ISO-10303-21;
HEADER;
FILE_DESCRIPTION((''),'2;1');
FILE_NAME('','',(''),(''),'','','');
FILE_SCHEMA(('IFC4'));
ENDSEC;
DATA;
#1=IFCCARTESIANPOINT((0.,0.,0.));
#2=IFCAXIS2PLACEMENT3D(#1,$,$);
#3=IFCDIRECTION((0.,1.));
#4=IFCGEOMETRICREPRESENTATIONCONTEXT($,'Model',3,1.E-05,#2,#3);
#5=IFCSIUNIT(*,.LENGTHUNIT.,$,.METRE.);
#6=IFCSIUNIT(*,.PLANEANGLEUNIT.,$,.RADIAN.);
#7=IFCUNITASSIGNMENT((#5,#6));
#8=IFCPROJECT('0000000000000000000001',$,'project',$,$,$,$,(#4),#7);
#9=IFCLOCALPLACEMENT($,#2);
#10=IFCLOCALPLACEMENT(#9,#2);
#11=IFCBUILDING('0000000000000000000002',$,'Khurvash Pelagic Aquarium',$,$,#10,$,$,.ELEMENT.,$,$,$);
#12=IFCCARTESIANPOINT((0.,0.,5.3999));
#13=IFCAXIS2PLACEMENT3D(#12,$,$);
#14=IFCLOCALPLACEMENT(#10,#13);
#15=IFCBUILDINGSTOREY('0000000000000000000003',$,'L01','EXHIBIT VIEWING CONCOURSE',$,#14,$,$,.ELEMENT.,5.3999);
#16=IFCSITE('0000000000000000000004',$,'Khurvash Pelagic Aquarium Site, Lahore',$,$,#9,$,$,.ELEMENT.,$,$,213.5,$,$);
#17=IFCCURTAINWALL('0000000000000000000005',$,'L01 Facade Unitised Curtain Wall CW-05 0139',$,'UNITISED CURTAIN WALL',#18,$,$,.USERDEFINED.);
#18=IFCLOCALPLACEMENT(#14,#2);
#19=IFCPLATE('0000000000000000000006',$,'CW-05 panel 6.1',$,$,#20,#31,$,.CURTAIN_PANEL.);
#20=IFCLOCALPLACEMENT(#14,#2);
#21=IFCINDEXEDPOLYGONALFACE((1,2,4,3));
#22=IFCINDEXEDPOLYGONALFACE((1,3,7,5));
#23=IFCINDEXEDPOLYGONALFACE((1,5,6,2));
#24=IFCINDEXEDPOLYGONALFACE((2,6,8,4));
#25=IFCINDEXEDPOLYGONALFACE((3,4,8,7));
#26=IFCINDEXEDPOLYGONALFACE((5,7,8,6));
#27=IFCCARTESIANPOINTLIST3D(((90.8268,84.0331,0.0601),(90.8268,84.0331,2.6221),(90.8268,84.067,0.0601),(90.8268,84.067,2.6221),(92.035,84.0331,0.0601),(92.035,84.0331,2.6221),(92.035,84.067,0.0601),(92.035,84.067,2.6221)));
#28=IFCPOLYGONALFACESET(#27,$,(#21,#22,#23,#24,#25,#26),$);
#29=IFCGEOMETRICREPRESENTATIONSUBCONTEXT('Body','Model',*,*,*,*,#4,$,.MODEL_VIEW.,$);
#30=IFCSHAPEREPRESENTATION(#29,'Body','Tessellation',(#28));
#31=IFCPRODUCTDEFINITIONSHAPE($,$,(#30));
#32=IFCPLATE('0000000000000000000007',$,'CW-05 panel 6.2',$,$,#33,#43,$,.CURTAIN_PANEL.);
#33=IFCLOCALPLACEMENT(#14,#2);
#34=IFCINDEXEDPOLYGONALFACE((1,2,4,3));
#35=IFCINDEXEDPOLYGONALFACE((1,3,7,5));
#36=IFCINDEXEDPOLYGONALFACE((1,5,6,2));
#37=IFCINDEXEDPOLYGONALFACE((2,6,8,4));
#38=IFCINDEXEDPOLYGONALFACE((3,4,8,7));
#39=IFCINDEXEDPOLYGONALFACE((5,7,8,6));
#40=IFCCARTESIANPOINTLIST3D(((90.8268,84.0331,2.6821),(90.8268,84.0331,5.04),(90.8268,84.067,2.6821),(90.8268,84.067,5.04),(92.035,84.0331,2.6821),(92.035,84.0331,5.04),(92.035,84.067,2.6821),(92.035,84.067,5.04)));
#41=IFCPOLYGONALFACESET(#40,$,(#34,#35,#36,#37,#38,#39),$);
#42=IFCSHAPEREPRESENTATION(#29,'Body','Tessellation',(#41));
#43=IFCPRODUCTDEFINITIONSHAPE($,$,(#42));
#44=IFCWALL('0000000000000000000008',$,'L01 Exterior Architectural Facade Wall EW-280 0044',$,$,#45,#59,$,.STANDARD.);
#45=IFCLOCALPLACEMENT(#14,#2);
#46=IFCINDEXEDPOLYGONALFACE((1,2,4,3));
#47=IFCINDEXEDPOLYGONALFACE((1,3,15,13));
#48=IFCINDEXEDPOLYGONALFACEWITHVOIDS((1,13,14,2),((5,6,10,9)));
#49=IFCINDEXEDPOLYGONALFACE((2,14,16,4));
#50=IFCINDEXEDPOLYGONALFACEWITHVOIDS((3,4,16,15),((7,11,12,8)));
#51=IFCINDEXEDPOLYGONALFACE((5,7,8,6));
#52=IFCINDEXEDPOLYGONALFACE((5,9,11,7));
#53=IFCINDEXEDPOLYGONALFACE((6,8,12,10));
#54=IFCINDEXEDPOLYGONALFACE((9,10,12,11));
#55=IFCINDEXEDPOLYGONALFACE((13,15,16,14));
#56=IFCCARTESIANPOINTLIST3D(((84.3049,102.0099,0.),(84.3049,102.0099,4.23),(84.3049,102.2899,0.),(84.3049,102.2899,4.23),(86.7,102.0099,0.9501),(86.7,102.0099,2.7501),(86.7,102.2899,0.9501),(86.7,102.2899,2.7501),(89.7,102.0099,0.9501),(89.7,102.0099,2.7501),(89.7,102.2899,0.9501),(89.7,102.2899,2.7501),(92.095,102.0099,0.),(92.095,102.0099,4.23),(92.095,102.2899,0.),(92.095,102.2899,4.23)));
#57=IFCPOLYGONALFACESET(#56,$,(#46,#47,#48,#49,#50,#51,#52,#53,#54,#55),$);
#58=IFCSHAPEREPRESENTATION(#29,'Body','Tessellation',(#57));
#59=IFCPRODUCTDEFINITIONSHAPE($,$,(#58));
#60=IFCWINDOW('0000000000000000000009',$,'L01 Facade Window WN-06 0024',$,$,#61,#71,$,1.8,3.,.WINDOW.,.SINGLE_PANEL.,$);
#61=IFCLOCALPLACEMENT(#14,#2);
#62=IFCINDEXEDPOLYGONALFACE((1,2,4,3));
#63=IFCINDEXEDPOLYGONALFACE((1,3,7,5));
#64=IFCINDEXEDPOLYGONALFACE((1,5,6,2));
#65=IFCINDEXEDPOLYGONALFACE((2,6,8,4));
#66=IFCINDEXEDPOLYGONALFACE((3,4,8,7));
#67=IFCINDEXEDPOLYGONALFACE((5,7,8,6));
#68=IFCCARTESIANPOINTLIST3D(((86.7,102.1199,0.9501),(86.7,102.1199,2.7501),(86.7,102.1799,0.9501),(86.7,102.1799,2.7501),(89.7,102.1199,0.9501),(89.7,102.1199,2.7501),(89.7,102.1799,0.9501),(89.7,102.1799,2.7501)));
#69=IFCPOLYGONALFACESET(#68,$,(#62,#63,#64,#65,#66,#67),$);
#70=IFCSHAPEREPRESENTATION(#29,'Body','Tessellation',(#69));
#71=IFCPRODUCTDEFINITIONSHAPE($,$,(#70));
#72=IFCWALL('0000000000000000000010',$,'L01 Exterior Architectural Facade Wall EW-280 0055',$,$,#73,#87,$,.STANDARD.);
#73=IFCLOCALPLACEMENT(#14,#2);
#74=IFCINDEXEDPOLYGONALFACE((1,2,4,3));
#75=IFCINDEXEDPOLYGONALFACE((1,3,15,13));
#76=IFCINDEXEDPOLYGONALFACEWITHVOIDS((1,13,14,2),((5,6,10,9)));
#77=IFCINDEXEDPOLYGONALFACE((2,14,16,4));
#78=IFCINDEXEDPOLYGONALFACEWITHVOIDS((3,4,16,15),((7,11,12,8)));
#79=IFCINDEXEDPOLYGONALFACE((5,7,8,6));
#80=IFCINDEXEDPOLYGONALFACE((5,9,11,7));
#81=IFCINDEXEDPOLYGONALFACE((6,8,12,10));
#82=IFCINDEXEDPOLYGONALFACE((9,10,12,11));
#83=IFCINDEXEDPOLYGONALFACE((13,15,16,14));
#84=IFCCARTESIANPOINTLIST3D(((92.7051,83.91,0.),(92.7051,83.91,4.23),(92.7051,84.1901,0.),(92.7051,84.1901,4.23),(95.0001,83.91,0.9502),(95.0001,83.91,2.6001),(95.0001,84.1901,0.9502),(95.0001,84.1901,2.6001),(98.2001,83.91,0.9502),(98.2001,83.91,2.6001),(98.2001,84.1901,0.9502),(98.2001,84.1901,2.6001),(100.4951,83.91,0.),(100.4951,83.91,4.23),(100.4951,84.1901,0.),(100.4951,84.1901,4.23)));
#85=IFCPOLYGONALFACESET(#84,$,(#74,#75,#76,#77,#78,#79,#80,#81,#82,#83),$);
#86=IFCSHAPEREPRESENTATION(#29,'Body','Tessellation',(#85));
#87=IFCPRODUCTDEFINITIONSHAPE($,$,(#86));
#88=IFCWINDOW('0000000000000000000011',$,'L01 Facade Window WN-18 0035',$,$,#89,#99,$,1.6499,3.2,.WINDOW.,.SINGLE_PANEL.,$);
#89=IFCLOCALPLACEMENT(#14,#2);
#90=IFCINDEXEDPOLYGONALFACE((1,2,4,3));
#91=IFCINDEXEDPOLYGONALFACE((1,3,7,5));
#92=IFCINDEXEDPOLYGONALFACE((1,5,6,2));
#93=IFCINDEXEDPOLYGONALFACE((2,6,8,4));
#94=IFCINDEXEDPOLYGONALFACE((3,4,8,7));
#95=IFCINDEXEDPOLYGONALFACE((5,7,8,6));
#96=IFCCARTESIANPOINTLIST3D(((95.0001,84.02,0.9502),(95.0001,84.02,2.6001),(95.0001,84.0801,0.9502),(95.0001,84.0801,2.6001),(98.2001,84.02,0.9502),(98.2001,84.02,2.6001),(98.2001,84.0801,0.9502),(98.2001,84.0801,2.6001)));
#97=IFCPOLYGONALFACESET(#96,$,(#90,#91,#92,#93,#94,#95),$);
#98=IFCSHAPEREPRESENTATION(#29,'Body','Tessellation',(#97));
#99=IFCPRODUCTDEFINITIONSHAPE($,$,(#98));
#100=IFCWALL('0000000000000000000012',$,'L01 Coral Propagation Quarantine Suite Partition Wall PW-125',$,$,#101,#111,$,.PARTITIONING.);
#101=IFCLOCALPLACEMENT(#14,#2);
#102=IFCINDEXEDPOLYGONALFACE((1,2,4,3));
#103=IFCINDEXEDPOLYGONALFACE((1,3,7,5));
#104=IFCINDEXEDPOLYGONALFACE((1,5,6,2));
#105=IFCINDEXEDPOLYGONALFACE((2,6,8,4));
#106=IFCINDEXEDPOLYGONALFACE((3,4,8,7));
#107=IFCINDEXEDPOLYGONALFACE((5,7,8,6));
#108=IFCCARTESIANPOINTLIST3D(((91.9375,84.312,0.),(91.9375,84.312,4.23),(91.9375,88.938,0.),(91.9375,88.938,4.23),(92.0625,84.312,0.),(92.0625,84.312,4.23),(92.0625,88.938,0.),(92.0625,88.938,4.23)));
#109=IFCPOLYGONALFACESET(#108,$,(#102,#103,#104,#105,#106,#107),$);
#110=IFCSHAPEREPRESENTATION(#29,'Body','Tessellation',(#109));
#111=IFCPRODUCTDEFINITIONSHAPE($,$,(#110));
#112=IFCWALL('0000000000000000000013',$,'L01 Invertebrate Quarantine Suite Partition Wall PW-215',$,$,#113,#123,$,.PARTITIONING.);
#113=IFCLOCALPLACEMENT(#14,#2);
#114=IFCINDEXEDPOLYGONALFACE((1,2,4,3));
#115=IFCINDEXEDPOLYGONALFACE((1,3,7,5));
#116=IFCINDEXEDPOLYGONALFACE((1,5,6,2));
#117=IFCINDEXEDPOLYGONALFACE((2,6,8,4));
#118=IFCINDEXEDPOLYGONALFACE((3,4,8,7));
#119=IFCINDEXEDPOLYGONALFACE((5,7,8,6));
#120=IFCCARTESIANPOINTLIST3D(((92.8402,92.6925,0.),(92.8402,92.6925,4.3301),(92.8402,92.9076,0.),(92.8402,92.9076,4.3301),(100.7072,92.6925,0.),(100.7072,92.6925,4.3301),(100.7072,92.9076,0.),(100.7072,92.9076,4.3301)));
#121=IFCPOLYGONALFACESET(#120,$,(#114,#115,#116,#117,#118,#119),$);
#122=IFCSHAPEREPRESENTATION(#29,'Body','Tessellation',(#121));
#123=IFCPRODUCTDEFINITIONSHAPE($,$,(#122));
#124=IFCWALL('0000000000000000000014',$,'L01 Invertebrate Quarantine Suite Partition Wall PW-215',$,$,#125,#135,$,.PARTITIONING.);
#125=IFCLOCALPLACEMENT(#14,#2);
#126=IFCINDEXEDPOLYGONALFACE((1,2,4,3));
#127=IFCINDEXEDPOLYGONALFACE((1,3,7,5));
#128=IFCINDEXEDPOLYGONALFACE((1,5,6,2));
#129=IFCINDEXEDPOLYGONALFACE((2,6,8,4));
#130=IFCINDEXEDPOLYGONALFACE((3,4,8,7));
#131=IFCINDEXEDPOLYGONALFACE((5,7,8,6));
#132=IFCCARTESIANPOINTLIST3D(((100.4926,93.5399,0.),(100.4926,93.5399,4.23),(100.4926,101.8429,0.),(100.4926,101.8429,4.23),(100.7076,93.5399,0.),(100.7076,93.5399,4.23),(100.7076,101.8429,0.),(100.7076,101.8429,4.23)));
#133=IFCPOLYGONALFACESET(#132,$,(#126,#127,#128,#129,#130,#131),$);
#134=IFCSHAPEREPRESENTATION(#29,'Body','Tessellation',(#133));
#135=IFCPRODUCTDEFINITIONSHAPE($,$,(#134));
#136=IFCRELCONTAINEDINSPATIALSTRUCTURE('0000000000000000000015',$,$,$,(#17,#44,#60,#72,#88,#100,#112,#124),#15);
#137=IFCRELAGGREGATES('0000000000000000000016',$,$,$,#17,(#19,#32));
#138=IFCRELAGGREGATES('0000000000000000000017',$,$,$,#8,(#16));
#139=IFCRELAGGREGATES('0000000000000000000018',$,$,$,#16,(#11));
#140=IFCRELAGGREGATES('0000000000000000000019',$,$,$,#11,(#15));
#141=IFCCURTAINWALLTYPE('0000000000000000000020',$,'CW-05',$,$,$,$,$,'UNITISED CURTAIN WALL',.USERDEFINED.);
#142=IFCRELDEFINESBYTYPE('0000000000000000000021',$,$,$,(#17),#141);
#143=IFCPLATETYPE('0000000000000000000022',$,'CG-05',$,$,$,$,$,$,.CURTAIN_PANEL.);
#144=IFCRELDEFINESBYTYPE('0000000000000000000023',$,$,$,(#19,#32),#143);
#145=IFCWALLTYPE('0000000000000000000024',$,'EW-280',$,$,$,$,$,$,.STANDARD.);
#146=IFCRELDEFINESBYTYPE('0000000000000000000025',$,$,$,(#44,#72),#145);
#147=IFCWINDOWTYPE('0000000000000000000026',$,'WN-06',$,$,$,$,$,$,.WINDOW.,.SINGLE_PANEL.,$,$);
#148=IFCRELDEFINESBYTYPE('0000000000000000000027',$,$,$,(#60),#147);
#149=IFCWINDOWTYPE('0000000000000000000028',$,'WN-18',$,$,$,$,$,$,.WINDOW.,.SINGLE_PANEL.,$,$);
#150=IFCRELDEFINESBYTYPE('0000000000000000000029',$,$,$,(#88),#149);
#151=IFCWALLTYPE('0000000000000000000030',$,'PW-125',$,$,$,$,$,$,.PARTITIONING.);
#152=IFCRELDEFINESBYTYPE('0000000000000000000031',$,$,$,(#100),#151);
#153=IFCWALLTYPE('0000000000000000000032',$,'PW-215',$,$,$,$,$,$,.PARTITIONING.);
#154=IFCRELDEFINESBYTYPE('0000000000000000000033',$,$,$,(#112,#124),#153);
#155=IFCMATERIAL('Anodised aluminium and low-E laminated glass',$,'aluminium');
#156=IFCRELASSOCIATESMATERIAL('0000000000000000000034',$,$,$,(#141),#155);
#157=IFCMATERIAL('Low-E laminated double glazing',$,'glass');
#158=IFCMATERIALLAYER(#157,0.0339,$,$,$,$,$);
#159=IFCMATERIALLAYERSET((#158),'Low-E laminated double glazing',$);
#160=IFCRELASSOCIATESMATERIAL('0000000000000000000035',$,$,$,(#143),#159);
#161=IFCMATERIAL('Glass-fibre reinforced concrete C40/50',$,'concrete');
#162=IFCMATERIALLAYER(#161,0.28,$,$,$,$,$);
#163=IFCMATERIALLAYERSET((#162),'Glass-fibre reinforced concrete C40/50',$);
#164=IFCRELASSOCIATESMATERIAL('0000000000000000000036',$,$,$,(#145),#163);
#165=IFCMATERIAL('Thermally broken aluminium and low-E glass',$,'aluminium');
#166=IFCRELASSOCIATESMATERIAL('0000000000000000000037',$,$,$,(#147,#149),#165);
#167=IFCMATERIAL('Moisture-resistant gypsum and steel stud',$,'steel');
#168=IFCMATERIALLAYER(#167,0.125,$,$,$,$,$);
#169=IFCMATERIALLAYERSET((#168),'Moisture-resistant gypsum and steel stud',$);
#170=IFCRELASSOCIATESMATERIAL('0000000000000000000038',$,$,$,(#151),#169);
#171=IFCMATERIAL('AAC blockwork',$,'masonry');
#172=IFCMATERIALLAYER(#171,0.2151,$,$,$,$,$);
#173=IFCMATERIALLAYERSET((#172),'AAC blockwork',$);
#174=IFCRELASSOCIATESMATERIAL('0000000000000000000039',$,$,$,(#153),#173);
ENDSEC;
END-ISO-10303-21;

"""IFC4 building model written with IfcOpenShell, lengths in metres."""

from ifc_helpers import new_model, si_unit, direction, frame, frame_2d, origin, origin_2d, place, context, subcontext, project, spatial, rectangle, extrude, material, layer, layer_set, type_object, element, fill, aggregate, save


model = new_model("IFC4")

# Units and contexts
model_context = context("Model", 3, precision=1e-05, world=origin(), true_north=direction((0.0, 1.0)))
body_context = subcontext(model_context, "Body", "Model", "MODEL_VIEW")
ifc_project = project(units=[si_unit("LENGTHUNIT", "METRE"), si_unit("PLANEANGLEUNIT", "RADIAN")], contexts=[model_context])

# Site, building, storey
site_placement = place(None, origin())
site = spatial("IfcSite", under=ifc_project, at=site_placement, Name="Khurvash Pelagic Aquarium Site, Lahore", CompositionType="ELEMENT", RefElevation=213.5)
building_placement = place(site_placement, origin())
building = spatial("IfcBuilding", under=site, at=building_placement, Name="Khurvash Pelagic Aquarium", CompositionType="ELEMENT")
storey_placement = place(building_placement, frame((0.0, 0.0, 5.3999)))
storey = spatial("IfcBuildingStorey", under=building, at=storey_placement, Name="L01", Description="EXHIBIT VIEWING CONCOURSE", CompositionType="ELEMENT", Elevation=5.3999)

# Curtain wall
ifc_material_1 = material(Name="Anodised aluminium and low-E laminated glass", Category="aluminium")
curtain_wall_type = type_object("IfcCurtainWallType", Name="CW-05", ElementType="UNITISED CURTAIN WALL", PredefinedType="USERDEFINED", material=ifc_material_1)
curtain_wall_placement = place(storey_placement, origin())
curtain_wall = element("IfcCurtainWall", 1, at=curtain_wall_placement, inside=storey, type_object=curtain_wall_type, Name="L01 Facade Unitised Curtain Wall CW-05 0139", ObjectType="UNITISED CURTAIN WALL", PredefinedType="USERDEFINED")

# Plates
ifc_material_2 = material(Name="Low-E laminated double glazing", Category="glass")
ifc_layer_1 = layer(ifc_material_2, 0.0339)
ifc_layer_set_1 = layer_set([ifc_layer_1], Name="Low-E laminated double glazing")
plate_type = type_object("IfcPlateType", Name="CG-05", PredefinedType="CURTAIN_PANEL", material=ifc_layer_set_1)
plate_1_placement = place(storey_placement, frame((91.4309, 84.05, 0.0601), z_axis=(0.0, 0.0, 1.0), x_axis=(1.0, 0.0, 0.0)))
plate_1 = element("IfcPlate", 2, at=plate_1_placement, type_object=plate_type, Name="CW-05 panel 6.1", PredefinedType="CURTAIN_PANEL", context=body_context, shape_type="SweptSolid", body=[
    extrude(rectangle(XDim=1.2083, YDim=0.0339, at=origin_2d()), origin(), (0.0, 0.0, 1.0), 2.562),
])
plate_2_placement = place(storey_placement, frame((91.4309, 84.05, 2.6821), z_axis=(0.0, 0.0, 1.0), x_axis=(1.0, 0.0, 0.0)))
plate_2 = element("IfcPlate", 3, at=plate_2_placement, type_object=plate_type, Name="CW-05 panel 6.2", PredefinedType="CURTAIN_PANEL", context=body_context, shape_type="SweptSolid", body=[
    extrude(rectangle(XDim=1.2083, YDim=0.0339, at=origin_2d()), origin(), (0.0, 0.0, 1.0), 2.3579),
])
aggregate(curtain_wall, [plate_1, plate_2])

# Walls, openings, windows
ifc_material_3 = material(Name="Glass-fibre reinforced concrete C40/50", Category="concrete")
ifc_layer_2 = layer(ifc_material_3, 0.28)
ifc_layer_set_2 = layer_set([ifc_layer_2], Name="Glass-fibre reinforced concrete C40/50")
wall_type_1 = type_object("IfcWallType", Name="EW-280", PredefinedType="STANDARD", material=ifc_layer_set_2)
wall_1_placement = place(storey_placement, frame((92.095, 102.1499, 0.0), z_axis=(0.0, 0.0, 1.0), x_axis=(-1.0, 0.0, 0.0)))
wall_1 = element("IfcWall", 4, at=wall_1_placement, inside=storey, type_object=wall_type_1, Name="L01 Exterior Architectural Facade Wall EW-280 0044", PredefinedType="STANDARD", context=body_context, shape_type="SweptSolid", body=[
    extrude(rectangle(XDim=7.79, YDim=0.28, at=frame_2d((3.895, 0.0))), origin(), (0.0, 0.0, 1.0), 4.23),
])
opening_1_placement = place(wall_1_placement, frame((2.395, 0.0, 0.9502)))
opening_1 = element("IfcOpeningElement", 5, at=opening_1_placement, cuts=wall_1, PredefinedType="OPENING", context=body_context, shape_type="SweptSolid", body=[
    extrude(rectangle(XDim=3.0, YDim=1.8, at=frame_2d((1.5, 0.8999))), frame((0.0, 0.1499, 0.0), z_axis=(0.0, -1.0, 0.0), x_axis=(1.0, 0.0, 0.0)), (0.0, 0.0, 1.0), 0.3),
])
ifc_material_4 = material(Name="Thermally broken aluminium and low-E glass", Category="aluminium")
window_type_1 = type_object("IfcWindowType", Name="WN-06", PartitioningType="SINGLE_PANEL", PredefinedType="WINDOW", material=ifc_material_4)
window_1_placement = place(opening_1_placement, origin())
window_1 = element("IfcWindow", 6, at=window_1_placement, inside=storey, type_object=window_type_1, Name="L01 Facade Window WN-06 0024", OverallHeight=1.8, OverallWidth=3.0, PartitioningType="SINGLE_PANEL", PredefinedType="WINDOW", context=body_context, shape_type="SweptSolid", body=[
    extrude(rectangle(XDim=3.0, YDim=1.8, at=frame_2d((1.5, 0.8999))), frame((0.0, 0.03, 0.0), z_axis=(0.0, -1.0, 0.0), x_axis=(1.0, 0.0, 0.0)), (0.0, 0.0, 1.0), 0.0601),
])
fill(opening_1, window_1)
wall_2_placement = place(storey_placement, frame((92.7051, 84.05, 0.0), z_axis=(0.0, 0.0, 1.0), x_axis=(1.0, 0.0, 0.0)))
wall_2 = element("IfcWall", 7, at=wall_2_placement, inside=storey, type_object=wall_type_1, Name="L01 Exterior Architectural Facade Wall EW-280 0055", PredefinedType="STANDARD", context=body_context, shape_type="SweptSolid", body=[
    extrude(rectangle(XDim=7.79, YDim=0.28, at=frame_2d((3.895, 0.0))), origin(), (0.0, 0.0, 1.0), 4.23),
])
opening_2_placement = place(wall_2_placement, frame((2.2949, 0.0, 0.9502)))
opening_2 = element("IfcOpeningElement", 8, at=opening_2_placement, cuts=wall_2, PredefinedType="OPENING", context=body_context, shape_type="SweptSolid", body=[
    extrude(rectangle(XDim=3.2, YDim=1.6499, at=frame_2d((1.6001, 0.825))), frame((0.0, 0.1499, 0.0), z_axis=(0.0, -1.0, 0.0), x_axis=(1.0, 0.0, 0.0)), (0.0, 0.0, 1.0), 0.3),
])
window_type_2 = type_object("IfcWindowType", Name="WN-18", PartitioningType="SINGLE_PANEL", PredefinedType="WINDOW", material=ifc_material_4)
window_2_placement = place(opening_2_placement, origin())
window_2 = element("IfcWindow", 9, at=window_2_placement, inside=storey, type_object=window_type_2, Name="L01 Facade Window WN-18 0035", OverallHeight=1.6499, OverallWidth=3.2, PartitioningType="SINGLE_PANEL", PredefinedType="WINDOW", context=body_context, shape_type="SweptSolid", body=[
    extrude(rectangle(XDim=3.2, YDim=1.6499, at=frame_2d((1.6001, 0.825))), frame((0.0, 0.03, 0.0), z_axis=(0.0, -1.0, 0.0), x_axis=(1.0, 0.0, 0.0)), (0.0, 0.0, 1.0), 0.0601),
])
fill(opening_2, window_2)

# Walls
ifc_material_5 = material(Name="Moisture-resistant gypsum and steel stud", Category="steel")
ifc_layer_3 = layer(ifc_material_5, 0.125)
ifc_layer_set_3 = layer_set([ifc_layer_3], Name="Moisture-resistant gypsum and steel stud")
wall_type_2 = type_object("IfcWallType", Name="PW-125", PredefinedType="PARTITIONING", material=ifc_layer_set_3)
wall_3_placement = place(storey_placement, frame((92.0, 84.312, 0.0), z_axis=(0.0, 0.0, 1.0), x_axis=(0.0, 1.0, 0.0)))
element("IfcWall", 10, at=wall_3_placement, inside=storey, type_object=wall_type_2, Name="L01 Coral Propagation Quarantine Suite Partition Wall PW-125", PredefinedType="PARTITIONING", context=body_context, shape_type="SweptSolid", body=[
    extrude(rectangle(XDim=4.626, YDim=0.125, at=frame_2d((2.313, 0.0))), origin(), (0.0, 0.0, 1.0), 4.23),
])
ifc_material_6 = material(Name="AAC blockwork", Category="masonry")
ifc_layer_4 = layer(ifc_material_6, 0.2151)
ifc_layer_set_4 = layer_set([ifc_layer_4], Name="AAC blockwork")
wall_type_3 = type_object("IfcWallType", Name="PW-215", PredefinedType="PARTITIONING", material=ifc_layer_set_4)
wall_4_placement = place(storey_placement, frame((92.8401, 92.8, 0.0), z_axis=(0.0, 0.0, 1.0), x_axis=(1.0, 0.0, 0.0)))
element("IfcWall", 11, at=wall_4_placement, inside=storey, type_object=wall_type_3, Name="L01 Invertebrate Quarantine Suite Partition Wall PW-215", PredefinedType="PARTITIONING", context=body_context, shape_type="SweptSolid", body=[
    extrude(rectangle(XDim=7.8669, YDim=0.2151, at=frame_2d((3.9336, 0.0))), origin(), (0.0, 0.0, 1.0), 4.3301),
])
wall_5_placement = place(storey_placement, frame((100.6001, 93.54, 0.0), z_axis=(0.0, 0.0, 1.0), x_axis=(0.0, 1.0, 0.0)))
element("IfcWall", 12, at=wall_5_placement, inside=storey, type_object=wall_type_3, Name="L01 Invertebrate Quarantine Suite Partition Wall PW-215", PredefinedType="PARTITIONING", context=body_context, shape_type="SweptSolid", body=[
    extrude(rectangle(XDim=8.303, YDim=0.2151, at=frame_2d((4.1514, 0.0))), origin(), (0.0, 0.0, 1.0), 4.23),
])

save(model, "model.ifc")
